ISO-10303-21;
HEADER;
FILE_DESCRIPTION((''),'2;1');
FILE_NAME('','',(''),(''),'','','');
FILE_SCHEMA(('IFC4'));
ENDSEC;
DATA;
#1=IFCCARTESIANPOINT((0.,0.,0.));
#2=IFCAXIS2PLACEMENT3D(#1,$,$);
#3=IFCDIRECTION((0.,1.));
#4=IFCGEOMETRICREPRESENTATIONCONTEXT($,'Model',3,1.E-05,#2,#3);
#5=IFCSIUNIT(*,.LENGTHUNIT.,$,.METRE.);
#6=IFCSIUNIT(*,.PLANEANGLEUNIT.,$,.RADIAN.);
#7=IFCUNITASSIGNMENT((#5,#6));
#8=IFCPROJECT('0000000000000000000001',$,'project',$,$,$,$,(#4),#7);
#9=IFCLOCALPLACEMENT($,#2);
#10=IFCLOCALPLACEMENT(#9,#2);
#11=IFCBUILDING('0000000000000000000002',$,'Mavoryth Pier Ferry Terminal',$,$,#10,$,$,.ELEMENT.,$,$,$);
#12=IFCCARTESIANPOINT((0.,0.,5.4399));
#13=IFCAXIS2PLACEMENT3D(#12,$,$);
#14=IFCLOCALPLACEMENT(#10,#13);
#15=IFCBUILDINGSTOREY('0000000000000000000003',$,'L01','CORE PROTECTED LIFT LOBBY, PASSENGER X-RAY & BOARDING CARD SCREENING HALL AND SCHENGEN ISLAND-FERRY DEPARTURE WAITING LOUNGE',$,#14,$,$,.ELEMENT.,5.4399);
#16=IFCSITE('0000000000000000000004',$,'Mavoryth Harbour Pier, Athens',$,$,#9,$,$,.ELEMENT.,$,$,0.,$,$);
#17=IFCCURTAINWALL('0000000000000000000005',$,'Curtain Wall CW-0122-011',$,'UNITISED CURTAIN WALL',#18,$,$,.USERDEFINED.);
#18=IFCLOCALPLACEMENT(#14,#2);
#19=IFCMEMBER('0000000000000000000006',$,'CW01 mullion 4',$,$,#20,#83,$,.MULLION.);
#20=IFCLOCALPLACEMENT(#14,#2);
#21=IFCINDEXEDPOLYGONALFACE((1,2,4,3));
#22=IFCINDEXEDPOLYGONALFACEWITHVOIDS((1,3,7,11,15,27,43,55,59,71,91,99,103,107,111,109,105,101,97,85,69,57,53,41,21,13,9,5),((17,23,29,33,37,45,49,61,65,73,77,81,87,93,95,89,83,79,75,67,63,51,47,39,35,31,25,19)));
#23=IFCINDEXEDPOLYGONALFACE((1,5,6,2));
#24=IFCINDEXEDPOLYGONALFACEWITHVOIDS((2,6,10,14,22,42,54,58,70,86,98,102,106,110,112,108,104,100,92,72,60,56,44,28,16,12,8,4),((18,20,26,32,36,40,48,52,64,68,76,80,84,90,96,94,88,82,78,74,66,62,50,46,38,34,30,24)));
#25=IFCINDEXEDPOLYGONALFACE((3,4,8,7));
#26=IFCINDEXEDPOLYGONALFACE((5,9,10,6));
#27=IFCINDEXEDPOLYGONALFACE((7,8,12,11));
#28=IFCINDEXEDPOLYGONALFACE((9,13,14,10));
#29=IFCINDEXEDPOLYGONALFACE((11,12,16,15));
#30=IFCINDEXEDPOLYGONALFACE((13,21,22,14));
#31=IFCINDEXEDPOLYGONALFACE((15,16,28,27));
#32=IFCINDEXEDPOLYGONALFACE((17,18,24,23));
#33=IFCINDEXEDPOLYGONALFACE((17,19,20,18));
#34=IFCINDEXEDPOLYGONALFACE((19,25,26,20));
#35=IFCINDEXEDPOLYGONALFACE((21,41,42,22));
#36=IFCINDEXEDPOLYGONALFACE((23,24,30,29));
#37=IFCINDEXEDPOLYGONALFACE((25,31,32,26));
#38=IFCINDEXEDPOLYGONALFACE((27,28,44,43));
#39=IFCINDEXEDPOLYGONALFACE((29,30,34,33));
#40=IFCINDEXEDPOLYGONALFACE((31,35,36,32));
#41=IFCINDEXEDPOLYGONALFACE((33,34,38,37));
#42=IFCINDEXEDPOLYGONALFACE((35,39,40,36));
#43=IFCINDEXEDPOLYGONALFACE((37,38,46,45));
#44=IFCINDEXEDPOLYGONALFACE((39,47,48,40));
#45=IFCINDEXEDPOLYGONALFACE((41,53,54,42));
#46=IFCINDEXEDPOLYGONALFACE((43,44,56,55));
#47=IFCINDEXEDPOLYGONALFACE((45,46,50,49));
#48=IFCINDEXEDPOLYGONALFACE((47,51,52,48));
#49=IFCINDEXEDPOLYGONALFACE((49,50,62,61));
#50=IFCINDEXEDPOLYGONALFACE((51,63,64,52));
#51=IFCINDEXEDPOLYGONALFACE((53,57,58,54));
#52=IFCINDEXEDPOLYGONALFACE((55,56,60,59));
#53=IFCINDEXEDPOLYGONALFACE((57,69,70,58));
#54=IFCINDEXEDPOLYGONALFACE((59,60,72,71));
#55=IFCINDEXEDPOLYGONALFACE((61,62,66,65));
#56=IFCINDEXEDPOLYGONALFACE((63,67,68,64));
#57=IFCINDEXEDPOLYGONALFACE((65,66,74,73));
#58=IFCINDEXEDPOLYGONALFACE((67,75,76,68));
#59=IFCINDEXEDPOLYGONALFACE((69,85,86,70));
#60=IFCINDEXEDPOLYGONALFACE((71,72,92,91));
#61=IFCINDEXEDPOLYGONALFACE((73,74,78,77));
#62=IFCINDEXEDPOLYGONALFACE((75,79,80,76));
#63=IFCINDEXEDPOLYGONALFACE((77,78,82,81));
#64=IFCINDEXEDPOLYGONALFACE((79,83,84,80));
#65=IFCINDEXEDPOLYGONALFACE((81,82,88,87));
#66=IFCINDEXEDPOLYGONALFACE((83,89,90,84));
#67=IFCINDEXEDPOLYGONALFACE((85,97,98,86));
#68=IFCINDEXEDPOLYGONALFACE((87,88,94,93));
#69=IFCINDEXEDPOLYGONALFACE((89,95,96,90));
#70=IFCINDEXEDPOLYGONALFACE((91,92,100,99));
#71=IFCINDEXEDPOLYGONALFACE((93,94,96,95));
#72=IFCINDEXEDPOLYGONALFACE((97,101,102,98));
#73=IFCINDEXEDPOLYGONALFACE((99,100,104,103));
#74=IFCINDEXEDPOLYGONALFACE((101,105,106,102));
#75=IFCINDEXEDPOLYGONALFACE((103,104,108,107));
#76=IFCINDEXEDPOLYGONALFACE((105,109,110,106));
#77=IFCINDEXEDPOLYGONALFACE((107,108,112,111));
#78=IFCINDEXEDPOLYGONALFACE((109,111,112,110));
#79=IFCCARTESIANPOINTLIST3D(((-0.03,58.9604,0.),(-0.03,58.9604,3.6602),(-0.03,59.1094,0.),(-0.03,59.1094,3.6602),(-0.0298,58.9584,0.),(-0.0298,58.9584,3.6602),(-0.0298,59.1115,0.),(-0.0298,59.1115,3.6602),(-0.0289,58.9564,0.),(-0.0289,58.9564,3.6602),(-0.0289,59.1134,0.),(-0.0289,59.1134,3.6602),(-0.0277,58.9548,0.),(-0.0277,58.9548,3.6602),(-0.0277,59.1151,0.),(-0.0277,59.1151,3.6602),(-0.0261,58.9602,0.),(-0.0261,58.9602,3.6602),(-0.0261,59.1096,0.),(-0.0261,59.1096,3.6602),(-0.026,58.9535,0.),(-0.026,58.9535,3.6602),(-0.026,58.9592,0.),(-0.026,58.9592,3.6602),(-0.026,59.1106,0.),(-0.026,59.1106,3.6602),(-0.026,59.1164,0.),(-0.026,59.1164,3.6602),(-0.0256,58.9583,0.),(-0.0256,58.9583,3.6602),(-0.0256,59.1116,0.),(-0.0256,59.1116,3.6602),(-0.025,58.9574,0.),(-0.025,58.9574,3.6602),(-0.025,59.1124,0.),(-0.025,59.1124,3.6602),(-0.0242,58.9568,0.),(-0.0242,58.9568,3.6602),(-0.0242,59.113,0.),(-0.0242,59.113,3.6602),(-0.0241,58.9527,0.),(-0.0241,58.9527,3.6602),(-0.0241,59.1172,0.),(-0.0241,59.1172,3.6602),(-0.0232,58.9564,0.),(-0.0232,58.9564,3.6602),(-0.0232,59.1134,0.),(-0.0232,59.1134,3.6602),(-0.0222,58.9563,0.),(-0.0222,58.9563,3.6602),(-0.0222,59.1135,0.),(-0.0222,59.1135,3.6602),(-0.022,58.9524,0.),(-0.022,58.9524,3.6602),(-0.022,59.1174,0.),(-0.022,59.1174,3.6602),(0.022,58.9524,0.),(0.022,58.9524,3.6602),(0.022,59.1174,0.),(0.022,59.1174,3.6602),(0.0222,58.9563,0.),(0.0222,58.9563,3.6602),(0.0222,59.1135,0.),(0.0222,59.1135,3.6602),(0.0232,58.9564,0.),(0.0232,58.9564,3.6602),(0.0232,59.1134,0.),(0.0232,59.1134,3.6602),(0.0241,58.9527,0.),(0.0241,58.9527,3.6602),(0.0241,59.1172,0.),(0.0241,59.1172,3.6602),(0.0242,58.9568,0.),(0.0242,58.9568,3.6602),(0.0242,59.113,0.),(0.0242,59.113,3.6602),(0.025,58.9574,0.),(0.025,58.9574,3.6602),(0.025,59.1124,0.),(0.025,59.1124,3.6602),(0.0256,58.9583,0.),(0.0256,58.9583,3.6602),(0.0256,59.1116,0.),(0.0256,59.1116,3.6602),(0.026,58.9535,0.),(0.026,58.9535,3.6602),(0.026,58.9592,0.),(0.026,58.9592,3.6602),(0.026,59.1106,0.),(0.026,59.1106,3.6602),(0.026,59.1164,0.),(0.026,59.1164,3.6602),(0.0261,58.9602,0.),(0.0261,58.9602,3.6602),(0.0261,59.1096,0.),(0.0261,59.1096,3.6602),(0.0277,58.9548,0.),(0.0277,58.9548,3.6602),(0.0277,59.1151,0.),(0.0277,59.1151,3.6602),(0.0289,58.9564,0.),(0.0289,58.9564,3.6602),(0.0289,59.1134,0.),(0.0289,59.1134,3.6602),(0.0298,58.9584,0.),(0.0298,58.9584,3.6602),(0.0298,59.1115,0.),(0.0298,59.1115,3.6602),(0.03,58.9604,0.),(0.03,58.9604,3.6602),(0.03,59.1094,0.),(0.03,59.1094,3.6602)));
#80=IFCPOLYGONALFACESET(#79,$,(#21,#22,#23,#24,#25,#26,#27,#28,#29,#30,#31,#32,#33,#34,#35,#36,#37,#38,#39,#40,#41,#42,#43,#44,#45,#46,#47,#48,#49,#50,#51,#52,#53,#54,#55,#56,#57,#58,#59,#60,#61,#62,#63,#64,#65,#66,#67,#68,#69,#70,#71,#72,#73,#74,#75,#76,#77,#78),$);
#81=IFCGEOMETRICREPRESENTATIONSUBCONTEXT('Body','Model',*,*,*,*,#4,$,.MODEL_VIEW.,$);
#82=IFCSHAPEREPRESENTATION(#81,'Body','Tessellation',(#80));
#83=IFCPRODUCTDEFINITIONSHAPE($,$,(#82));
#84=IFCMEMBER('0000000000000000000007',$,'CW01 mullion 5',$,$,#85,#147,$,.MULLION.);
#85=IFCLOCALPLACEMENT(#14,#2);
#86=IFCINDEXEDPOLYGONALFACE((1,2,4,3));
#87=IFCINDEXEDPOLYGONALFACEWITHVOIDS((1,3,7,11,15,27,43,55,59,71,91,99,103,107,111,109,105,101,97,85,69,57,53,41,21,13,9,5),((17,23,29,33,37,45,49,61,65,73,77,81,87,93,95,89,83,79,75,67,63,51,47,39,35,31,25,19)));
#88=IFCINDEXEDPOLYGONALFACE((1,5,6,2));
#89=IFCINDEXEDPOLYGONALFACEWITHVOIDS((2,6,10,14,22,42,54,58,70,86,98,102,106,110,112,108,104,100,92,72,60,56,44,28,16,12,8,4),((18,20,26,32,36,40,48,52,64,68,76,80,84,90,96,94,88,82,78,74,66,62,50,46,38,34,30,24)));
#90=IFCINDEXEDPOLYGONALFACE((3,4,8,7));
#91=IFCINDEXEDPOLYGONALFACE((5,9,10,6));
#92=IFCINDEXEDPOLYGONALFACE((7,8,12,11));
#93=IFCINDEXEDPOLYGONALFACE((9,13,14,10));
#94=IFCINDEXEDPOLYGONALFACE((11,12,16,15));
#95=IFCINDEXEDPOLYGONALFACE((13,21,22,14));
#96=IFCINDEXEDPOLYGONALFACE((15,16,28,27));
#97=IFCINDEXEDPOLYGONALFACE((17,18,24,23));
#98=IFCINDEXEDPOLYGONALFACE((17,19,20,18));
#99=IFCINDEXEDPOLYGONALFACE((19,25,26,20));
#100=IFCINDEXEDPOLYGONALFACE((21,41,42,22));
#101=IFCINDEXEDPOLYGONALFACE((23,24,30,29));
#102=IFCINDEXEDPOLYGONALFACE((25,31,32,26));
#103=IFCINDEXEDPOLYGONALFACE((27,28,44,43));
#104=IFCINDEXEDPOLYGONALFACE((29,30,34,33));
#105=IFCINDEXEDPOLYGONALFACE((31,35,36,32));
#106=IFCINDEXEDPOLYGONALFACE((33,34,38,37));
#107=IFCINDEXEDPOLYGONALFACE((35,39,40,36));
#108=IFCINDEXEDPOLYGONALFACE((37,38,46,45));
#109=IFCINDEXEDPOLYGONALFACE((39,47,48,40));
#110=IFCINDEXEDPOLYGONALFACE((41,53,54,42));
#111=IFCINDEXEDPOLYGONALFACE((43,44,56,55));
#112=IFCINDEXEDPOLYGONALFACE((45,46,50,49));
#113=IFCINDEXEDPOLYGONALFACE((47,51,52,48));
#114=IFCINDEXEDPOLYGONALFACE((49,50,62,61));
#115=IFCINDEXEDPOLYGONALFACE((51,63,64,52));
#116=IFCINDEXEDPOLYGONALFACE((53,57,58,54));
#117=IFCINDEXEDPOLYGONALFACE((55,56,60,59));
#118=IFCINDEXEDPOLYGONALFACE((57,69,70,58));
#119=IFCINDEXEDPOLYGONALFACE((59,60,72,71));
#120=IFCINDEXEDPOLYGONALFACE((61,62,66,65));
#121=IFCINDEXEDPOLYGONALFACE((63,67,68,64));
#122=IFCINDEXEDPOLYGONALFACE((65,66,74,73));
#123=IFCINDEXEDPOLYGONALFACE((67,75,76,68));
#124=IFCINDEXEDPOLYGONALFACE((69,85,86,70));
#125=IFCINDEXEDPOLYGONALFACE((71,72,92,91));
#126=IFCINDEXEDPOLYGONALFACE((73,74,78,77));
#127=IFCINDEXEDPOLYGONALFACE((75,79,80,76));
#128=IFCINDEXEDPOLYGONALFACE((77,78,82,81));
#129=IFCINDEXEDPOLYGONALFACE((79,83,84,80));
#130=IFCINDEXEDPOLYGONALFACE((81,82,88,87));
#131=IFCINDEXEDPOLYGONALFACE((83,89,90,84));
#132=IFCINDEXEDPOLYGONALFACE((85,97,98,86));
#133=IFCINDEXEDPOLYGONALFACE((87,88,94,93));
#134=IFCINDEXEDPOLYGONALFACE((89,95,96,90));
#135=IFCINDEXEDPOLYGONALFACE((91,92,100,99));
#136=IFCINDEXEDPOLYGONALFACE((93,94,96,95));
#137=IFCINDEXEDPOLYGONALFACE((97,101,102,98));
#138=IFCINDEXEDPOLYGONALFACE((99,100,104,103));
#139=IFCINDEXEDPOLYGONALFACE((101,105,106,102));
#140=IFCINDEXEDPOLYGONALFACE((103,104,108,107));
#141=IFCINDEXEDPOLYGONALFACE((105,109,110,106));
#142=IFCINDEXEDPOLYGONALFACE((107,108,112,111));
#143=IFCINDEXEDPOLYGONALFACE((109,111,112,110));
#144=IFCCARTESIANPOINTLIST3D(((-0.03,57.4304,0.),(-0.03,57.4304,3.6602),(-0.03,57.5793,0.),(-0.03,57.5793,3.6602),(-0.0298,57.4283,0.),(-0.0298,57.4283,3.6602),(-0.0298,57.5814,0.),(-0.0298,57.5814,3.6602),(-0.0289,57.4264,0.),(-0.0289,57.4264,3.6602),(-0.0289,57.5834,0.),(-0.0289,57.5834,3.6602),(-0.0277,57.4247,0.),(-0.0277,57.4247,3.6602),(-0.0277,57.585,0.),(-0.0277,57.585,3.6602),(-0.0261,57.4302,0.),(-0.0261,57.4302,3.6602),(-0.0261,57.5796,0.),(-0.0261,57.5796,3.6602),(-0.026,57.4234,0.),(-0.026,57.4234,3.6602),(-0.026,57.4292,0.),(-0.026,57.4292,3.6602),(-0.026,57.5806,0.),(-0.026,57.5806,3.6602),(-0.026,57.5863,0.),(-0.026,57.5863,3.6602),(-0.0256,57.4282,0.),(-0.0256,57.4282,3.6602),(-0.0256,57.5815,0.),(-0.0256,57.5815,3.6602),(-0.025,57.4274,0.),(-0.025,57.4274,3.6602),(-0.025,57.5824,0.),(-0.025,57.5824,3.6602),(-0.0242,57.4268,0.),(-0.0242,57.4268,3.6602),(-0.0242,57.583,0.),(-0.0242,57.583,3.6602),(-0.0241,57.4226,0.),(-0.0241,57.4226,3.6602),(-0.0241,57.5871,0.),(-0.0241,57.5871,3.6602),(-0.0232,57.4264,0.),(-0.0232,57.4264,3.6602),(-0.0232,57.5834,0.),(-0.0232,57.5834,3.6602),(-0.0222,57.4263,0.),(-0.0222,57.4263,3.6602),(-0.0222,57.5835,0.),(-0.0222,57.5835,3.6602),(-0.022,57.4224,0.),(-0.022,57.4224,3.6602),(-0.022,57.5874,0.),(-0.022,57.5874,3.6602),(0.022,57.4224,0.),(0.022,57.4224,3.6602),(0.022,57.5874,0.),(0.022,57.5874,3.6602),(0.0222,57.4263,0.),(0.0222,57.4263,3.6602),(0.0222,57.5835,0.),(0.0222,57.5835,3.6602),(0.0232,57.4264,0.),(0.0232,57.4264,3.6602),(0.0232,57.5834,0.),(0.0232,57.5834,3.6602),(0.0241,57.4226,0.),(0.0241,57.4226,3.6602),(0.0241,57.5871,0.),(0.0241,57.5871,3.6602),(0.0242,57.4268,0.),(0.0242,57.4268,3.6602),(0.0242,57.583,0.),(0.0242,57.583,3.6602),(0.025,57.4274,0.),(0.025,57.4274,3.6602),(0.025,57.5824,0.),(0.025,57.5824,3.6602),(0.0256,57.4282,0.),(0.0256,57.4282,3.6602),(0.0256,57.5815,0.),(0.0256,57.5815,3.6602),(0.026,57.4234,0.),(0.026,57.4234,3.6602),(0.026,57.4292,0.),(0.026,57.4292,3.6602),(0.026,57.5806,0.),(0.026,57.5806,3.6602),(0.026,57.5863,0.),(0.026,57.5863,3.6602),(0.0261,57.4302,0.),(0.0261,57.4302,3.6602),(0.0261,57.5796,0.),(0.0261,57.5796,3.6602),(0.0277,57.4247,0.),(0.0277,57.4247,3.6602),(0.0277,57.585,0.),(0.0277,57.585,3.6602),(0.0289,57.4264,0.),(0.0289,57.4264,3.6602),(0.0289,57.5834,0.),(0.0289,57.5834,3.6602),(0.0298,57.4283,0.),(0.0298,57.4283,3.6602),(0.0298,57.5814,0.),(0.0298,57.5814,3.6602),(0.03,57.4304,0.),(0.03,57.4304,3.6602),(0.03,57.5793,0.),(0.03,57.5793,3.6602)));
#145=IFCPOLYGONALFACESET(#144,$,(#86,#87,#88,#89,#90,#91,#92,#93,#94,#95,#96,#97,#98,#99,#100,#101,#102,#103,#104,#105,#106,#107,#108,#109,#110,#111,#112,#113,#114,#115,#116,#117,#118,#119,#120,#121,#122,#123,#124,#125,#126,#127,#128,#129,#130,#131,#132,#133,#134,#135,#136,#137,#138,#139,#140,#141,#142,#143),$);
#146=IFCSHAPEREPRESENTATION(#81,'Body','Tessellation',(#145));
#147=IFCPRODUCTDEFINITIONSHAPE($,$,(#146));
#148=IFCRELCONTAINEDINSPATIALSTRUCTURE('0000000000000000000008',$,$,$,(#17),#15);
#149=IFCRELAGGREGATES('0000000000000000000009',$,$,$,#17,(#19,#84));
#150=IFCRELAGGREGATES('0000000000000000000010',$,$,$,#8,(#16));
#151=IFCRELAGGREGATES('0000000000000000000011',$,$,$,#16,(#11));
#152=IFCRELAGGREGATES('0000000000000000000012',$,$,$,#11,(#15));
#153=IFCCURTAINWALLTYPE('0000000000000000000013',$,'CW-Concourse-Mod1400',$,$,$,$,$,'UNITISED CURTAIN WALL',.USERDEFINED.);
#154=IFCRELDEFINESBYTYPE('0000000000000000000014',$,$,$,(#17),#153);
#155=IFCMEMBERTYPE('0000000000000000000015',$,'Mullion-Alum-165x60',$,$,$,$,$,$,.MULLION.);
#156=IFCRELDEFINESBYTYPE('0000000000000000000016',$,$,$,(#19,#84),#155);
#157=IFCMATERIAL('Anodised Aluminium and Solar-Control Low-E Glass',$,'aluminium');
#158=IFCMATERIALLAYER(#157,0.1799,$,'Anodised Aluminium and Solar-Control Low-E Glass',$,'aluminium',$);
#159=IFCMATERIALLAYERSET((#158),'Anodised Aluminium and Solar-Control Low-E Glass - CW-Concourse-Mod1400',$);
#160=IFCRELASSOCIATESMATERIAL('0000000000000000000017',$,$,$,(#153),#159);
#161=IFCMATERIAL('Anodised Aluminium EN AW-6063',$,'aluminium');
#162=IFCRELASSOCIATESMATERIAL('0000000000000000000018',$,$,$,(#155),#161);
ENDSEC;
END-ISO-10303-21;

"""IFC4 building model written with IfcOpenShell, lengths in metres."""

from ifc_helpers import new_model, si_unit, direction, frame, origin, origin_2d, place, context, subcontext, project, spatial, hollow_rectangle, extrude, material, layer, layer_set, material_profile, profile_set, type_object, element, aggregate, save


model = new_model("IFC4")

# Units and contexts
model_context = context("Model", 3, precision=1e-05, world=origin(), true_north=direction((0.0, 1.0)))
body_context = subcontext(model_context, "Body", "Model", "MODEL_VIEW")
ifc_project = project(units=[si_unit("LENGTHUNIT", "METRE"), si_unit("PLANEANGLEUNIT", "RADIAN")], contexts=[model_context])

# Site, building, storey
site_placement = place(None, origin())
site = spatial("IfcSite", under=ifc_project, at=site_placement, Name="Mavoryth Harbour Pier, Athens", CompositionType="ELEMENT", RefElevation=0.0)
building_placement = place(site_placement, origin())
building = spatial("IfcBuilding", under=site, at=building_placement, Name="Mavoryth Pier Ferry Terminal", CompositionType="ELEMENT")
storey_placement = place(building_placement, frame((0.0, 0.0, 5.4399)))
storey = spatial("IfcBuildingStorey", under=building, at=storey_placement, Name="L01", Description="CORE PROTECTED LIFT LOBBY, PASSENGER X-RAY & BOARDING CARD SCREENING HALL AND SCHENGEN ISLAND-FERRY DEPARTURE WAITING LOUNGE", CompositionType="ELEMENT", Elevation=5.4399)

# Curtain wall, members
ifc_material_1 = material(Name="Anodised Aluminium and Solar-Control Low-E Glass", Category="aluminium")
ifc_layer_1 = layer(ifc_material_1, 0.1799, Name="Anodised Aluminium and Solar-Control Low-E Glass", Category="aluminium")
ifc_layer_set_1 = layer_set([ifc_layer_1], Name="Anodised Aluminium and Solar-Control Low-E Glass - CW-Concourse-Mod1400")
curtain_wall_type = type_object("IfcCurtainWallType", Name="CW-Concourse-Mod1400", ElementType="UNITISED CURTAIN WALL", PredefinedType="USERDEFINED", material=ifc_layer_set_1)
curtain_wall_placement = place(storey_placement, origin())
curtain_wall = element("IfcCurtainWall", 1, at=curtain_wall_placement, inside=storey, type_object=curtain_wall_type, Name="Curtain Wall CW-0122-011", ObjectType="UNITISED CURTAIN WALL", PredefinedType="USERDEFINED")
ifc_material_2 = material(Name="Anodised Aluminium EN AW-6063", Category="aluminium")
ifc_material_profile_1 = material_profile(ifc_material_2, hollow_rectangle(XDim=0.0601, YDim=0.165, WallThickness=0.0039, InnerFilletRadius=0.0039, OuterFilletRadius=0.0081, at=origin_2d()), Name="AL-MULL 165x60x4", Category="aluminium")
ifc_profile_set_1 = profile_set([ifc_material_profile_1], Name="Anodised Aluminium EN AW-6063 - AL-MULL 165x60x4")
member_type_1 = type_object("IfcMemberType", Name="Mullion-Alum-165x60", PredefinedType="MULLION", material=ifc_profile_set_1)
member_1_placement = place(storey_placement, frame((0.0, 59.0349, 0.0), z_axis=(0.0, 0.0, 1.0), x_axis=(1.0, 0.0, 0.0)))
member_1 = element("IfcMember", 2, at=member_1_placement, type_object=member_type_1, Name="CW01 mullion 4", PredefinedType="MULLION", context=body_context, shape_type="SweptSolid", body=[
    extrude(hollow_rectangle(XDim=0.0601, YDim=0.165, WallThickness=0.0039, InnerFilletRadius=0.0039, OuterFilletRadius=0.0081, at=origin_2d()), origin(), (0.0, 0.0, 1.0), 3.6602),
])
member_2_placement = place(storey_placement, frame((0.0, 57.5049, 0.0), z_axis=(0.0, 0.0, 1.0), x_axis=(1.0, 0.0, 0.0)))
member_2 = element("IfcMember", 3, at=member_2_placement, type_object=member_type_1, Name="CW01 mullion 5", PredefinedType="MULLION", context=body_context, shape_type="SweptSolid", body=[
    extrude(hollow_rectangle(XDim=0.0601, YDim=0.165, WallThickness=0.0039, InnerFilletRadius=0.0039, OuterFilletRadius=0.0081, at=origin_2d()), origin(), (0.0, 0.0, 1.0), 3.6602),
])
aggregate(curtain_wall, [member_1, member_2])

save(model, "model.ifc")
